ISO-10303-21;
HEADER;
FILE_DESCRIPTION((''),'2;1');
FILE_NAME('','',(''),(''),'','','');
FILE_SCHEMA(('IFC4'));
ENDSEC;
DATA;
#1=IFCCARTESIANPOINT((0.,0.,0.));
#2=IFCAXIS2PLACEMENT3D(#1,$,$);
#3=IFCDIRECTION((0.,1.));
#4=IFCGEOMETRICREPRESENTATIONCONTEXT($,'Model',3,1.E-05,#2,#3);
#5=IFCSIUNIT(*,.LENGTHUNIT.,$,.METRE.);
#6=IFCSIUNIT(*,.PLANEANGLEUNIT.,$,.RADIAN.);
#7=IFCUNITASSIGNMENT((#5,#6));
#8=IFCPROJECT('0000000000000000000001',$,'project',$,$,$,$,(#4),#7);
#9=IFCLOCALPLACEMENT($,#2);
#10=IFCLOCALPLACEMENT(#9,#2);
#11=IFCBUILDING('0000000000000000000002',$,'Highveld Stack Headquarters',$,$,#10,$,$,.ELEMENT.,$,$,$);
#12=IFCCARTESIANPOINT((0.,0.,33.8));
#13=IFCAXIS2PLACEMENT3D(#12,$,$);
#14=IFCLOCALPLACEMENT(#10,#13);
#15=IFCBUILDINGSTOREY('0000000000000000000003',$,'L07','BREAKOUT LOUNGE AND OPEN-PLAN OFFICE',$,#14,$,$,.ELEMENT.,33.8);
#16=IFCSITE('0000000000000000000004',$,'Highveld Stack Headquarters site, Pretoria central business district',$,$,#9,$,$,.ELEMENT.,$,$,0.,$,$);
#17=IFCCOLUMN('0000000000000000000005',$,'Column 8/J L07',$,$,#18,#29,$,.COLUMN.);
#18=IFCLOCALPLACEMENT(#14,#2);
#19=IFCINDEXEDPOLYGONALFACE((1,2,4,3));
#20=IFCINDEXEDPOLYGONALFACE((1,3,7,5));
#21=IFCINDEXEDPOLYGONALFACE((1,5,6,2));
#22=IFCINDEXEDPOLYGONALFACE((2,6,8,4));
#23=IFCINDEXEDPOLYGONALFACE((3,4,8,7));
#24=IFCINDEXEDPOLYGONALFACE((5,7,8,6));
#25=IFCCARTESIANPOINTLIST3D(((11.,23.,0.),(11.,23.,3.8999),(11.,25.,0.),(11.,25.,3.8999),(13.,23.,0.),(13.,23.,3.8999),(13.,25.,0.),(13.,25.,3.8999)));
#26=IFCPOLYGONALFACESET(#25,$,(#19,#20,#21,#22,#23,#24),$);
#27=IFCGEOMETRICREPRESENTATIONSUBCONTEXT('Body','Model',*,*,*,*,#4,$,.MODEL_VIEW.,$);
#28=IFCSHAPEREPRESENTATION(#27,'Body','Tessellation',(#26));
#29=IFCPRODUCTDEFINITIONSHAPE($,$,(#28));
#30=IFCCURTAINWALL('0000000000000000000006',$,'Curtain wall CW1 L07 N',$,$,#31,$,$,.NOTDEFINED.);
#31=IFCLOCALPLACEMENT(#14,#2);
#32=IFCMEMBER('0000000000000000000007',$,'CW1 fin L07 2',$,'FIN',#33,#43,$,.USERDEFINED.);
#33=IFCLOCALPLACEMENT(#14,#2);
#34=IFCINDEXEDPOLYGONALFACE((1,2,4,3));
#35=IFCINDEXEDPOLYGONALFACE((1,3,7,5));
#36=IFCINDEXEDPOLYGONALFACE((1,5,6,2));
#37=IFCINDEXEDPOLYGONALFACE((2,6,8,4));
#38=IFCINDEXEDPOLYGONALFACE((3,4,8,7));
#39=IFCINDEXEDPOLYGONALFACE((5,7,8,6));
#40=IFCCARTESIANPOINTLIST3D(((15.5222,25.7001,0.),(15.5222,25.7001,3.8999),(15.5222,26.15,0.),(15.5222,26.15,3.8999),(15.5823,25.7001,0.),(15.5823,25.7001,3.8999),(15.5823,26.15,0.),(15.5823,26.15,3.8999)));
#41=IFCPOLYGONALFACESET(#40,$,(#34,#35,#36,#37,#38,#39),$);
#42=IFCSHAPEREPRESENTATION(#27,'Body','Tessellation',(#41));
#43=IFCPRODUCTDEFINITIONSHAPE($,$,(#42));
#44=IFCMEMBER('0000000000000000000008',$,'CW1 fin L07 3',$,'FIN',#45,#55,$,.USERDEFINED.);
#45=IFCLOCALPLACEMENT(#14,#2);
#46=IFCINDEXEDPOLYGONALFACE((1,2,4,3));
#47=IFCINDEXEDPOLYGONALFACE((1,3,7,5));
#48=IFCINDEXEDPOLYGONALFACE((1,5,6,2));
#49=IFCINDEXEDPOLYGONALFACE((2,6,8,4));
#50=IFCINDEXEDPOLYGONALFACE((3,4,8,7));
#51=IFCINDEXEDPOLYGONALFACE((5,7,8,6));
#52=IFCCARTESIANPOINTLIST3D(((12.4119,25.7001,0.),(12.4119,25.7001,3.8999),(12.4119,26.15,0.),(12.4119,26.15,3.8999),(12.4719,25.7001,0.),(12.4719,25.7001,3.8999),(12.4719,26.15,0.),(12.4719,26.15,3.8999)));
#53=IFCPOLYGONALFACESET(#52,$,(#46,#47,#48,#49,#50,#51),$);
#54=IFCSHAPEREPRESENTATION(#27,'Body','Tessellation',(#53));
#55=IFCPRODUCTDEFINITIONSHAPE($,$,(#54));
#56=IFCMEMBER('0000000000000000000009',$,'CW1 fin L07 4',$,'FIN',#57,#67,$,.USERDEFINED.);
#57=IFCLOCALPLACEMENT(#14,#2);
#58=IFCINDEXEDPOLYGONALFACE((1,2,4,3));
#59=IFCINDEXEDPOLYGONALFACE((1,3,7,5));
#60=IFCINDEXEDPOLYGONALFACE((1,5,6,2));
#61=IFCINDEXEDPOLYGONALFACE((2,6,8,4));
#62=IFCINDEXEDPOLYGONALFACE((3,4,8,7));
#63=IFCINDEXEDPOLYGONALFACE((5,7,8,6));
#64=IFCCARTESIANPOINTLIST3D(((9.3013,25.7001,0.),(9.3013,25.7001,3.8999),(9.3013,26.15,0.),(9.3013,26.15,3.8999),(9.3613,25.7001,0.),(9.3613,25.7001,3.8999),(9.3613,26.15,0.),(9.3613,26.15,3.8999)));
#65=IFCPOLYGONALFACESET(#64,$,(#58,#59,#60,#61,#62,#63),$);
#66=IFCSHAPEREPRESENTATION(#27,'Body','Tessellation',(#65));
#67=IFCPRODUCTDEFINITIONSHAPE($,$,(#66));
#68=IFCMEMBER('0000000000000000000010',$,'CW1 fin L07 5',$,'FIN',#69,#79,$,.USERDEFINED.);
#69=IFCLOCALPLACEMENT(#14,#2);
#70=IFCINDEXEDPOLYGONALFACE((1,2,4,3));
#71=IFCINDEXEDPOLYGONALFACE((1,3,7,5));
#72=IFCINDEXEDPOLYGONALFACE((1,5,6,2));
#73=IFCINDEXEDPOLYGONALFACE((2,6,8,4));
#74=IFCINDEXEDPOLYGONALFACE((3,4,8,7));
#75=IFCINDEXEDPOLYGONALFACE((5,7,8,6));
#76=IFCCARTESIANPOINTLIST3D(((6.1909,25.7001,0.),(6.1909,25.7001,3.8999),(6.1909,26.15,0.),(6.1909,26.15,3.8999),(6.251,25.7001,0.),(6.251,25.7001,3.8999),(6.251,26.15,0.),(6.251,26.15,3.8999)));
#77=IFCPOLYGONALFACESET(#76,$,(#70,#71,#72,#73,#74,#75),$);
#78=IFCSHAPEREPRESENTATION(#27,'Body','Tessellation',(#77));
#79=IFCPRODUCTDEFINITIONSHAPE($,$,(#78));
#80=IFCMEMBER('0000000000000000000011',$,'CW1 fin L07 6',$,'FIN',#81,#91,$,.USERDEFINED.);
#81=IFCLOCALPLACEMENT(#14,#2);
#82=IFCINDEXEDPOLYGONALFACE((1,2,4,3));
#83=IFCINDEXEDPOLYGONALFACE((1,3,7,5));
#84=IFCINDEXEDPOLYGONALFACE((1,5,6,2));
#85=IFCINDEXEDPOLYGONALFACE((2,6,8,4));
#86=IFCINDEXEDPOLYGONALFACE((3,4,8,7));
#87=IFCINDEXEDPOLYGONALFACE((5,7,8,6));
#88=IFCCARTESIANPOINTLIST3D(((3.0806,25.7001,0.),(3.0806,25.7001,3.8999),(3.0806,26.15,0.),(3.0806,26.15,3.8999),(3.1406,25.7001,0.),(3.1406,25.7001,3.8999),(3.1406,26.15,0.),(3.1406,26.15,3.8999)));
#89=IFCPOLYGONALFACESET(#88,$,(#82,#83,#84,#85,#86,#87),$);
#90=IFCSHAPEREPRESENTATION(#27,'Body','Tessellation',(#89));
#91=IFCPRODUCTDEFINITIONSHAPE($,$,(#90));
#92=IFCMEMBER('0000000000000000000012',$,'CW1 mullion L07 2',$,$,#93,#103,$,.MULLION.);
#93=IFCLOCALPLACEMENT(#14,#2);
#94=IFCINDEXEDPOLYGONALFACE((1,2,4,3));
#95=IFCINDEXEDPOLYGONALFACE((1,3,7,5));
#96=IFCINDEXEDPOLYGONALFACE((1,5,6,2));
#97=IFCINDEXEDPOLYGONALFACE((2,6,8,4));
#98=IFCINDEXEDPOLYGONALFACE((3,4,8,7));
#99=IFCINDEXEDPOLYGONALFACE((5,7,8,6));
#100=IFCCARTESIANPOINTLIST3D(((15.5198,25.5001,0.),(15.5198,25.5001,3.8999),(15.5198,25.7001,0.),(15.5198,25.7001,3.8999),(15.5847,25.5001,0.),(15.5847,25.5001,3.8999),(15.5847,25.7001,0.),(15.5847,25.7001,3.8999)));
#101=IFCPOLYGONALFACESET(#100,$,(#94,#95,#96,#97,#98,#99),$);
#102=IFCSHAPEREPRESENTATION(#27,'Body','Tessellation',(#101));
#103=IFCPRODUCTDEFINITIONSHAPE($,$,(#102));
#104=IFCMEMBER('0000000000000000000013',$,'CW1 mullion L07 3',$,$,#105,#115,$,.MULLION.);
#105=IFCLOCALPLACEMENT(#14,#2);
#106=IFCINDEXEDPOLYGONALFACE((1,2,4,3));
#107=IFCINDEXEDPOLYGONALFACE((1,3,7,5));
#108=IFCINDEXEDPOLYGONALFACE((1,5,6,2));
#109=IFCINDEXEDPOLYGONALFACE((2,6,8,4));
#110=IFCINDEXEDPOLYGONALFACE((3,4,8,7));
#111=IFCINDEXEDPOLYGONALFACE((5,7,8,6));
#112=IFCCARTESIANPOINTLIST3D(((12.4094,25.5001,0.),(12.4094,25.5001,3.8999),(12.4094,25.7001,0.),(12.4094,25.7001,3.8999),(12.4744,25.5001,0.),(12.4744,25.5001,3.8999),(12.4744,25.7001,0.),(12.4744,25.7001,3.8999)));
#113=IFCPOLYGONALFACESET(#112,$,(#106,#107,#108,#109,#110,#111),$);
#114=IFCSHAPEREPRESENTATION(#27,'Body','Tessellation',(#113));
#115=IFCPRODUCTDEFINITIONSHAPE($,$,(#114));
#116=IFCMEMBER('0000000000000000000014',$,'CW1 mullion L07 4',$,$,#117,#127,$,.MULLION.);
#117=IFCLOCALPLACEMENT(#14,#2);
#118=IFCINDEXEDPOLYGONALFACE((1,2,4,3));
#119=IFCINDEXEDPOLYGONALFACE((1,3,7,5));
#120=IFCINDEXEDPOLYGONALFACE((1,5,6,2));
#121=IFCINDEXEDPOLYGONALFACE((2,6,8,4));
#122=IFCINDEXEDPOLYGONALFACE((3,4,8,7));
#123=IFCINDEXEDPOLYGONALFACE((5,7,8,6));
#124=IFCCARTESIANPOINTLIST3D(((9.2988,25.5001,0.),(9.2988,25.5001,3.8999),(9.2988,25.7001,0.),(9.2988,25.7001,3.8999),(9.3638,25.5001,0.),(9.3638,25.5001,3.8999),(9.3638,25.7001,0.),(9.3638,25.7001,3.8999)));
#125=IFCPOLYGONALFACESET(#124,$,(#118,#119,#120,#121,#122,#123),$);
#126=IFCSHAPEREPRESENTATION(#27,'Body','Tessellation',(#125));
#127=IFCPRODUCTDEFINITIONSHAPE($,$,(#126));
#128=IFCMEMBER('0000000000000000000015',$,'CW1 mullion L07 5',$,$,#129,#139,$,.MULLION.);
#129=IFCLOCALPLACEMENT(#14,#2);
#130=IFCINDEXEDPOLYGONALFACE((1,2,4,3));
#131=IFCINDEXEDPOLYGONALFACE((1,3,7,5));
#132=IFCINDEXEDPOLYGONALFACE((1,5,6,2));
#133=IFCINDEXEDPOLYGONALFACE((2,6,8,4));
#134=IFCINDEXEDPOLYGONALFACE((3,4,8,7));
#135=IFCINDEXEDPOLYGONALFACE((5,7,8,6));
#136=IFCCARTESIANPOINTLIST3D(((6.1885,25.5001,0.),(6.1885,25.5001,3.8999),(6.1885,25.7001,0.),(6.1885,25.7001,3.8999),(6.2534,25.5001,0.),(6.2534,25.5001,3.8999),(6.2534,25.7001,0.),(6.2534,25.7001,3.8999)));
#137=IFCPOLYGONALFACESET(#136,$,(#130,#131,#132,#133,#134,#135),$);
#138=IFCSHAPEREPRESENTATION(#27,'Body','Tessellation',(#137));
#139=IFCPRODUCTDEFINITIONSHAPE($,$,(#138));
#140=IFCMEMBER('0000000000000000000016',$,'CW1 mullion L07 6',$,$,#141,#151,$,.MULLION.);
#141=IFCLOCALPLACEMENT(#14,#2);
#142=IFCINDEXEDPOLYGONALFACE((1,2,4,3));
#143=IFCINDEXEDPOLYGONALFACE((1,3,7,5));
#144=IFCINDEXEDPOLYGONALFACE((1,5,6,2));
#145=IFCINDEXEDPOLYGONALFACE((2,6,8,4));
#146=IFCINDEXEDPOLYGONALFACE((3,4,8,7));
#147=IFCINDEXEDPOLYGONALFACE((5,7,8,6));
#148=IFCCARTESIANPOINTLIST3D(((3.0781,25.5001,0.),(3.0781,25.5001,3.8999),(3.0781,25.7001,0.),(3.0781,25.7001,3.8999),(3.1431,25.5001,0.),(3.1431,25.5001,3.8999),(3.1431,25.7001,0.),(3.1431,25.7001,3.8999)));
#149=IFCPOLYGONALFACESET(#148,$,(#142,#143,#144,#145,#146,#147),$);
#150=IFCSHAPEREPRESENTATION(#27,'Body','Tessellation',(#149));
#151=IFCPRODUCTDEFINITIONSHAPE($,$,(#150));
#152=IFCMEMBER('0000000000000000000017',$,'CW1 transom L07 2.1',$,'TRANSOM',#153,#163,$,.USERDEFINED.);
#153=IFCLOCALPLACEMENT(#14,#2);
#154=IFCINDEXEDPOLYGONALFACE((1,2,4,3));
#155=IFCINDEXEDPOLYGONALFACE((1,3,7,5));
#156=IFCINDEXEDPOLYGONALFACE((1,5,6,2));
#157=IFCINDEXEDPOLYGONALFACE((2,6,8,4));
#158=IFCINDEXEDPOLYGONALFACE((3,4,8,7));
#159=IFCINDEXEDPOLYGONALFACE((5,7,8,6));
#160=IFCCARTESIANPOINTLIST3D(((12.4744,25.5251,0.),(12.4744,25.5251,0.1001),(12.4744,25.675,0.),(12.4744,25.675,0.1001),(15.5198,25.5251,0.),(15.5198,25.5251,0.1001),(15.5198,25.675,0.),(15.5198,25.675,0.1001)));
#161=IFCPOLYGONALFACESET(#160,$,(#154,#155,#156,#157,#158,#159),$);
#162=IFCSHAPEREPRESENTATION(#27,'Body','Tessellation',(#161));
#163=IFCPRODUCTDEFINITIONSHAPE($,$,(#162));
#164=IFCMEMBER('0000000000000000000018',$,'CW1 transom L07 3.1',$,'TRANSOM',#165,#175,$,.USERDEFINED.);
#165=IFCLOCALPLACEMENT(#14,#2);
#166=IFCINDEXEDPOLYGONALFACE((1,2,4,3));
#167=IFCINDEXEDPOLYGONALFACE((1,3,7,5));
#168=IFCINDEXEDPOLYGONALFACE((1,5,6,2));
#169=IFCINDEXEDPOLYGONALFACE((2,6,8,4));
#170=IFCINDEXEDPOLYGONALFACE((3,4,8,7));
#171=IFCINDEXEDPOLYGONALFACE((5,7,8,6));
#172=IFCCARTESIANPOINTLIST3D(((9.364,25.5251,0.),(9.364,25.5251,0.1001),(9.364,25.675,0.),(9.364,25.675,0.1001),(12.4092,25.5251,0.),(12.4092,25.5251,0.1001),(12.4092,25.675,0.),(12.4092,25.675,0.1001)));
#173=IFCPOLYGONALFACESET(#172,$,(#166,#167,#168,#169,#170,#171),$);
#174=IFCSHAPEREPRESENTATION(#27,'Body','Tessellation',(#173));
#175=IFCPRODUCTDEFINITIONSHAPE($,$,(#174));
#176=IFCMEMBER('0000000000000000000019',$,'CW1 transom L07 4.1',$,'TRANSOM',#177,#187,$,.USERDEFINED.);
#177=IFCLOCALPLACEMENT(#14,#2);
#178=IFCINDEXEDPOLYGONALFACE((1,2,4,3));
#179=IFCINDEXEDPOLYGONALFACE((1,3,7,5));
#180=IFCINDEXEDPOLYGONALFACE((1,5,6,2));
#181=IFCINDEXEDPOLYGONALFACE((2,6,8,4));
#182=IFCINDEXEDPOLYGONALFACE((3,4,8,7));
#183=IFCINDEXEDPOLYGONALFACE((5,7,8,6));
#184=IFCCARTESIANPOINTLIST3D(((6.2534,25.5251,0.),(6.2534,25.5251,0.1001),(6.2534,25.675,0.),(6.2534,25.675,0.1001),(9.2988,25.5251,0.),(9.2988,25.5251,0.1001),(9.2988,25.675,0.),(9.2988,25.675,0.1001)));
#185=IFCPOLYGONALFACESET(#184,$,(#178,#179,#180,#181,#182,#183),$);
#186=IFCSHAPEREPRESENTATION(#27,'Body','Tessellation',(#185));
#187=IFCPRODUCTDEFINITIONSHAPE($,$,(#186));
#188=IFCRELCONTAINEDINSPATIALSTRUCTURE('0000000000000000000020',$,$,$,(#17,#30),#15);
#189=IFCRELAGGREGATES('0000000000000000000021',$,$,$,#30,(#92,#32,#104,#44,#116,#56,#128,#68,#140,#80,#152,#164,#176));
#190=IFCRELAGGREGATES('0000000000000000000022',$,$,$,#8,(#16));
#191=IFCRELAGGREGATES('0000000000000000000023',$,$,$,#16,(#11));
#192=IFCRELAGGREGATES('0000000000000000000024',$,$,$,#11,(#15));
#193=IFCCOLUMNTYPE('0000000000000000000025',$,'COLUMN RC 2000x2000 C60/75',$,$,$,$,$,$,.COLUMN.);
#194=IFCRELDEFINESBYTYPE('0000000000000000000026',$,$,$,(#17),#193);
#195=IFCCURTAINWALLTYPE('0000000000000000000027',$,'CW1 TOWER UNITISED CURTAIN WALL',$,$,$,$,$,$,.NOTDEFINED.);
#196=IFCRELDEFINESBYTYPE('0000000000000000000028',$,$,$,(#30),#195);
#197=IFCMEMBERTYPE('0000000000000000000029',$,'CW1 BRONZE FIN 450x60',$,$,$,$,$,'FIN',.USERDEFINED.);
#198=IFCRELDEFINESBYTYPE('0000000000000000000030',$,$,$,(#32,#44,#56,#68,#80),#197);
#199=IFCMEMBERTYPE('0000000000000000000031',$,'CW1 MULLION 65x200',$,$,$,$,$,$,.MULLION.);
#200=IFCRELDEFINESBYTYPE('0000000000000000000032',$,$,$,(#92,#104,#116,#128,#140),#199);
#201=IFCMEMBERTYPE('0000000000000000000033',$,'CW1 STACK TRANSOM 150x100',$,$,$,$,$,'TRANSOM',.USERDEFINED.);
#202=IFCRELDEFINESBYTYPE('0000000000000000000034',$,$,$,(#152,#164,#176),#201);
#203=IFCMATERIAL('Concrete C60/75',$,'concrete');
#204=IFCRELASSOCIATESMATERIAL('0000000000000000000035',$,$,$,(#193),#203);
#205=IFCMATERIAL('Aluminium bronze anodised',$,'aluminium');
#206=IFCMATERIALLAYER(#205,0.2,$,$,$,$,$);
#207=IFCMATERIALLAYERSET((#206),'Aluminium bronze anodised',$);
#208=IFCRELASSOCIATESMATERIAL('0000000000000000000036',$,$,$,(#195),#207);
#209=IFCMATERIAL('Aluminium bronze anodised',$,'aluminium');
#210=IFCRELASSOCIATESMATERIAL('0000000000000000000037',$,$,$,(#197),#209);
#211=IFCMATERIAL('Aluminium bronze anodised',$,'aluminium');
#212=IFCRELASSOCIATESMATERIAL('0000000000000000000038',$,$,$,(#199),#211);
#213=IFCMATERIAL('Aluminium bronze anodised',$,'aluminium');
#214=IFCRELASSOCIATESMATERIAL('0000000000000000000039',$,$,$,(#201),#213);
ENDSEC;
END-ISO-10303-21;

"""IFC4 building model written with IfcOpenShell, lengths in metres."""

from ifc_helpers import new_model, si_unit, direction, frame, origin, origin_2d, place, context, subcontext, project, spatial, rectangle, extrude, material, layer, layer_set, material_profile, profile_set, type_object, element, aggregate, save


model = new_model("IFC4")

# Units and contexts
model_context = context("Model", 3, precision=1e-05, world=origin(), true_north=direction((0.0, 1.0)))
body_context = subcontext(model_context, "Body", "Model", "MODEL_VIEW")
ifc_project = project(units=[si_unit("LENGTHUNIT", "METRE"), si_unit("PLANEANGLEUNIT", "RADIAN")], contexts=[model_context])

# Site, building, storey
site_placement = place(None, origin())
site = spatial("IfcSite", under=ifc_project, at=site_placement, Name="Highveld Stack Headquarters site, Pretoria central business district", CompositionType="ELEMENT", RefElevation=0.0)
building_placement = place(site_placement, origin())
building = spatial("IfcBuilding", under=site, at=building_placement, Name="Highveld Stack Headquarters", CompositionType="ELEMENT")
storey_placement = place(building_placement, frame((0.0, 0.0, 33.8)))
storey = spatial("IfcBuildingStorey", under=building, at=storey_placement, Name="L07", Description="BREAKOUT LOUNGE AND OPEN-PLAN OFFICE", CompositionType="ELEMENT", Elevation=33.8)

# Column
ifc_material_1 = material(Name="Concrete C60/75", Category="concrete")
ifc_material_profile_1 = material_profile(ifc_material_1, rectangle(XDim=2.0, YDim=2.0, at=origin_2d()), Name="RC 2000x2000")
ifc_profile_set_1 = profile_set([ifc_material_profile_1], Name="Concrete C60/75")
column_type = type_object("IfcColumnType", Name="COLUMN RC 2000x2000 C60/75", PredefinedType="COLUMN", material=ifc_profile_set_1)
column_placement = place(storey_placement, frame((12.0, 24.0, 0.0), z_axis=(0.0, 0.0, 1.0), x_axis=(1.0, 0.0, 0.0)))
element("IfcColumn", 1, at=column_placement, inside=storey, type_object=column_type, Name="Column 8/J L07", PredefinedType="COLUMN", context=body_context, shape_type="SweptSolid", body=[
    extrude(rectangle(XDim=2.0, YDim=2.0, at=origin_2d()), origin(), (0.0, 0.0, 1.0), 3.8999),
])

# Curtain wall, members
ifc_material_2 = material(Name="Aluminium bronze anodised", Category="aluminium")
ifc_layer_1 = layer(ifc_material_2, 0.2)
ifc_layer_set_1 = layer_set([ifc_layer_1], Name="Aluminium bronze anodised")
curtain_wall_type = type_object("IfcCurtainWallType", Name="CW1 TOWER UNITISED CURTAIN WALL", PredefinedType="NOTDEFINED", material=ifc_layer_set_1)
curtain_wall_placement = place(storey_placement, origin())
curtain_wall = element("IfcCurtainWall", 2, at=curtain_wall_placement, inside=storey, type_object=curtain_wall_type, Name="Curtain wall CW1 L07 N", PredefinedType="NOTDEFINED")
ifc_material_3 = material(Name="Aluminium bronze anodised", Category="aluminium")
ifc_material_profile_2 = material_profile(ifc_material_3, rectangle(XDim=0.45, YDim=0.0601, at=origin_2d()), Name="FIN 450x60")
ifc_profile_set_2 = profile_set([ifc_material_profile_2], Name="Aluminium bronze anodised")
member_type_1 = type_object("IfcMemberType", Name="CW1 BRONZE FIN 450x60", ElementType="FIN", PredefinedType="USERDEFINED", material=ifc_profile_set_2)
member_1_placement = place(storey_placement, frame((15.5522, 25.925, 0.0), z_axis=(0.0, 0.0, 1.0), x_axis=(0.0, -1.0, 0.0)))
member_1 = element("IfcMember", 3, at=member_1_placement, type_object=member_type_1, Name="CW1 fin L07 2", ObjectType="FIN", PredefinedType="USERDEFINED", context=body_context, shape_type="SweptSolid", body=[
    extrude(rectangle(XDim=0.45, YDim=0.0601, at=origin_2d()), origin(), (0.0, 0.0, 1.0), 3.8999),
])
member_2_placement = place(storey_placement, frame((12.4419, 25.925, 0.0), z_axis=(0.0, 0.0, 1.0), x_axis=(0.0, -1.0, 0.0)))
member_2 = element("IfcMember", 4, at=member_2_placement, type_object=member_type_1, Name="CW1 fin L07 3", ObjectType="FIN", PredefinedType="USERDEFINED", context=body_context, shape_type="SweptSolid", body=[
    extrude(rectangle(XDim=0.45, YDim=0.0601, at=origin_2d()), origin(), (0.0, 0.0, 1.0), 3.8999),
])
member_3_placement = place(storey_placement, frame((9.3313, 25.925, 0.0), z_axis=(0.0, 0.0, 1.0), x_axis=(0.0, -1.0, 0.0)))
member_3 = element("IfcMember", 5, at=member_3_placement, type_object=member_type_1, Name="CW1 fin L07 4", ObjectType="FIN", PredefinedType="USERDEFINED", context=body_context, shape_type="SweptSolid", body=[
    extrude(rectangle(XDim=0.45, YDim=0.0601, at=origin_2d()), origin(), (0.0, 0.0, 1.0), 3.8999),
])
member_4_placement = place(storey_placement, frame((6.2209, 25.925, 0.0), z_axis=(0.0, 0.0, 1.0), x_axis=(0.0, -1.0, 0.0)))
member_4 = element("IfcMember", 6, at=member_4_placement, type_object=member_type_1, Name="CW1 fin L07 5", ObjectType="FIN", PredefinedType="USERDEFINED", context=body_context, shape_type="SweptSolid", body=[
    extrude(rectangle(XDim=0.45, YDim=0.0601, at=origin_2d()), origin(), (0.0, 0.0, 1.0), 3.8999),
])
member_5_placement = place(storey_placement, frame((3.1106, 25.925, 0.0), z_axis=(0.0, 0.0, 1.0), x_axis=(0.0, -1.0, 0.0)))
member_5 = element("IfcMember", 7, at=member_5_placement, type_object=member_type_1, Name="CW1 fin L07 6", ObjectType="FIN", PredefinedType="USERDEFINED", context=body_context, shape_type="SweptSolid", body=[
    extrude(rectangle(XDim=0.45, YDim=0.0601, at=origin_2d()), origin(), (0.0, 0.0, 1.0), 3.8999),
])
ifc_material_4 = material(Name="Aluminium bronze anodised", Category="aluminium")
ifc_material_profile_3 = material_profile(ifc_material_4, rectangle(XDim=0.2, YDim=0.0649, at=origin_2d()), Name="CW1 MULLION 65x200")
ifc_profile_set_3 = profile_set([ifc_material_profile_3], Name="Aluminium bronze anodised")
member_type_2 = type_object("IfcMemberType", Name="CW1 MULLION 65x200", PredefinedType="MULLION", material=ifc_profile_set_3)
member_6_placement = place(storey_placement, frame((15.5522, 25.6001, 0.0), z_axis=(0.0, 0.0, 1.0), x_axis=(0.0, -1.0, 0.0)))
member_6 = element("IfcMember", 8, at=member_6_placement, type_object=member_type_2, Name="CW1 mullion L07 2", PredefinedType="MULLION", context=body_context, shape_type="SweptSolid", body=[
    extrude(rectangle(XDim=0.2, YDim=0.0649, at=origin_2d()), origin(), (0.0, 0.0, 1.0), 3.8999),
])
member_7_placement = place(storey_placement, frame((12.4419, 25.6001, 0.0), z_axis=(0.0, 0.0, 1.0), x_axis=(0.0, -1.0, 0.0)))
member_7 = element("IfcMember", 9, at=member_7_placement, type_object=member_type_2, Name="CW1 mullion L07 3", PredefinedType="MULLION", context=body_context, shape_type="SweptSolid", body=[
    extrude(rectangle(XDim=0.2, YDim=0.0649, at=origin_2d()), origin(), (0.0, 0.0, 1.0), 3.8999),
])
member_8_placement = place(storey_placement, frame((9.3313, 25.6001, 0.0), z_axis=(0.0, 0.0, 1.0), x_axis=(0.0, -1.0, 0.0)))
member_8 = element("IfcMember", 10, at=member_8_placement, type_object=member_type_2, Name="CW1 mullion L07 4", PredefinedType="MULLION", context=body_context, shape_type="SweptSolid", body=[
    extrude(rectangle(XDim=0.2, YDim=0.0649, at=origin_2d()), origin(), (0.0, 0.0, 1.0), 3.8999),
])
member_9_placement = place(storey_placement, frame((6.2209, 25.6001, 0.0), z_axis=(0.0, 0.0, 1.0), x_axis=(0.0, -1.0, 0.0)))
member_9 = element("IfcMember", 11, at=member_9_placement, type_object=member_type_2, Name="CW1 mullion L07 5", PredefinedType="MULLION", context=body_context, shape_type="SweptSolid", body=[
    extrude(rectangle(XDim=0.2, YDim=0.0649, at=origin_2d()), origin(), (0.0, 0.0, 1.0), 3.8999),
])
member_10_placement = place(storey_placement, frame((3.1106, 25.6001, 0.0), z_axis=(0.0, 0.0, 1.0), x_axis=(0.0, -1.0, 0.0)))
member_10 = element("IfcMember", 12, at=member_10_placement, type_object=member_type_2, Name="CW1 mullion L07 6", PredefinedType="MULLION", context=body_context, shape_type="SweptSolid", body=[
    extrude(rectangle(XDim=0.2, YDim=0.0649, at=origin_2d()), origin(), (0.0, 0.0, 1.0), 3.8999),
])
ifc_material_5 = material(Name="Aluminium bronze anodised", Category="aluminium")
ifc_material_profile_4 = material_profile(ifc_material_5, rectangle(XDim=0.1499, YDim=0.1001, at=origin_2d()), Name="CW1 TRANSOM 150x100")
ifc_profile_set_4 = profile_set([ifc_material_profile_4], Name="Aluminium bronze anodised")
member_type_3 = type_object("IfcMemberType", Name="CW1 STACK TRANSOM 150x100", ElementType="TRANSOM", PredefinedType="USERDEFINED", material=ifc_profile_set_4)
member_11_placement = place(storey_placement, frame((15.5198, 25.6001, 0.05), z_axis=(-1.0, 0.0, 0.0), x_axis=(0.0, -1.0, 0.0)))
member_11 = element("IfcMember", 13, at=member_11_placement, type_object=member_type_3, Name="CW1 transom L07 2.1", ObjectType="TRANSOM", PredefinedType="USERDEFINED", context=body_context, shape_type="SweptSolid", body=[
    extrude(rectangle(XDim=0.1499, YDim=0.1001, at=origin_2d()), origin(), (0.0, 0.0, 1.0), 3.0454),
])
member_12_placement = place(storey_placement, frame((12.4092, 25.6001, 0.05), z_axis=(-1.0, 0.0, 0.0), x_axis=(0.0, -1.0, 0.0)))
member_12 = element("IfcMember", 14, at=member_12_placement, type_object=member_type_3, Name="CW1 transom L07 3.1", ObjectType="TRANSOM", PredefinedType="USERDEFINED", context=body_context, shape_type="SweptSolid", body=[
    extrude(rectangle(XDim=0.1499, YDim=0.1001, at=origin_2d()), origin(), (0.0, 0.0, 1.0), 3.0452),
])
member_13_placement = place(storey_placement, frame((9.2988, 25.6001, 0.05), z_axis=(-1.0, 0.0, 0.0), x_axis=(0.0, -1.0, 0.0)))
member_13 = element("IfcMember", 15, at=member_13_placement, type_object=member_type_3, Name="CW1 transom L07 4.1", ObjectType="TRANSOM", PredefinedType="USERDEFINED", context=body_context, shape_type="SweptSolid", body=[
    extrude(rectangle(XDim=0.1499, YDim=0.1001, at=origin_2d()), origin(), (0.0, 0.0, 1.0), 3.0454),
])
aggregate(curtain_wall, [member_6, member_1, member_7, member_2, member_8, member_3, member_9, member_4, member_10, member_5, member_11, member_12, member_13])

save(model, "model.ifc")
